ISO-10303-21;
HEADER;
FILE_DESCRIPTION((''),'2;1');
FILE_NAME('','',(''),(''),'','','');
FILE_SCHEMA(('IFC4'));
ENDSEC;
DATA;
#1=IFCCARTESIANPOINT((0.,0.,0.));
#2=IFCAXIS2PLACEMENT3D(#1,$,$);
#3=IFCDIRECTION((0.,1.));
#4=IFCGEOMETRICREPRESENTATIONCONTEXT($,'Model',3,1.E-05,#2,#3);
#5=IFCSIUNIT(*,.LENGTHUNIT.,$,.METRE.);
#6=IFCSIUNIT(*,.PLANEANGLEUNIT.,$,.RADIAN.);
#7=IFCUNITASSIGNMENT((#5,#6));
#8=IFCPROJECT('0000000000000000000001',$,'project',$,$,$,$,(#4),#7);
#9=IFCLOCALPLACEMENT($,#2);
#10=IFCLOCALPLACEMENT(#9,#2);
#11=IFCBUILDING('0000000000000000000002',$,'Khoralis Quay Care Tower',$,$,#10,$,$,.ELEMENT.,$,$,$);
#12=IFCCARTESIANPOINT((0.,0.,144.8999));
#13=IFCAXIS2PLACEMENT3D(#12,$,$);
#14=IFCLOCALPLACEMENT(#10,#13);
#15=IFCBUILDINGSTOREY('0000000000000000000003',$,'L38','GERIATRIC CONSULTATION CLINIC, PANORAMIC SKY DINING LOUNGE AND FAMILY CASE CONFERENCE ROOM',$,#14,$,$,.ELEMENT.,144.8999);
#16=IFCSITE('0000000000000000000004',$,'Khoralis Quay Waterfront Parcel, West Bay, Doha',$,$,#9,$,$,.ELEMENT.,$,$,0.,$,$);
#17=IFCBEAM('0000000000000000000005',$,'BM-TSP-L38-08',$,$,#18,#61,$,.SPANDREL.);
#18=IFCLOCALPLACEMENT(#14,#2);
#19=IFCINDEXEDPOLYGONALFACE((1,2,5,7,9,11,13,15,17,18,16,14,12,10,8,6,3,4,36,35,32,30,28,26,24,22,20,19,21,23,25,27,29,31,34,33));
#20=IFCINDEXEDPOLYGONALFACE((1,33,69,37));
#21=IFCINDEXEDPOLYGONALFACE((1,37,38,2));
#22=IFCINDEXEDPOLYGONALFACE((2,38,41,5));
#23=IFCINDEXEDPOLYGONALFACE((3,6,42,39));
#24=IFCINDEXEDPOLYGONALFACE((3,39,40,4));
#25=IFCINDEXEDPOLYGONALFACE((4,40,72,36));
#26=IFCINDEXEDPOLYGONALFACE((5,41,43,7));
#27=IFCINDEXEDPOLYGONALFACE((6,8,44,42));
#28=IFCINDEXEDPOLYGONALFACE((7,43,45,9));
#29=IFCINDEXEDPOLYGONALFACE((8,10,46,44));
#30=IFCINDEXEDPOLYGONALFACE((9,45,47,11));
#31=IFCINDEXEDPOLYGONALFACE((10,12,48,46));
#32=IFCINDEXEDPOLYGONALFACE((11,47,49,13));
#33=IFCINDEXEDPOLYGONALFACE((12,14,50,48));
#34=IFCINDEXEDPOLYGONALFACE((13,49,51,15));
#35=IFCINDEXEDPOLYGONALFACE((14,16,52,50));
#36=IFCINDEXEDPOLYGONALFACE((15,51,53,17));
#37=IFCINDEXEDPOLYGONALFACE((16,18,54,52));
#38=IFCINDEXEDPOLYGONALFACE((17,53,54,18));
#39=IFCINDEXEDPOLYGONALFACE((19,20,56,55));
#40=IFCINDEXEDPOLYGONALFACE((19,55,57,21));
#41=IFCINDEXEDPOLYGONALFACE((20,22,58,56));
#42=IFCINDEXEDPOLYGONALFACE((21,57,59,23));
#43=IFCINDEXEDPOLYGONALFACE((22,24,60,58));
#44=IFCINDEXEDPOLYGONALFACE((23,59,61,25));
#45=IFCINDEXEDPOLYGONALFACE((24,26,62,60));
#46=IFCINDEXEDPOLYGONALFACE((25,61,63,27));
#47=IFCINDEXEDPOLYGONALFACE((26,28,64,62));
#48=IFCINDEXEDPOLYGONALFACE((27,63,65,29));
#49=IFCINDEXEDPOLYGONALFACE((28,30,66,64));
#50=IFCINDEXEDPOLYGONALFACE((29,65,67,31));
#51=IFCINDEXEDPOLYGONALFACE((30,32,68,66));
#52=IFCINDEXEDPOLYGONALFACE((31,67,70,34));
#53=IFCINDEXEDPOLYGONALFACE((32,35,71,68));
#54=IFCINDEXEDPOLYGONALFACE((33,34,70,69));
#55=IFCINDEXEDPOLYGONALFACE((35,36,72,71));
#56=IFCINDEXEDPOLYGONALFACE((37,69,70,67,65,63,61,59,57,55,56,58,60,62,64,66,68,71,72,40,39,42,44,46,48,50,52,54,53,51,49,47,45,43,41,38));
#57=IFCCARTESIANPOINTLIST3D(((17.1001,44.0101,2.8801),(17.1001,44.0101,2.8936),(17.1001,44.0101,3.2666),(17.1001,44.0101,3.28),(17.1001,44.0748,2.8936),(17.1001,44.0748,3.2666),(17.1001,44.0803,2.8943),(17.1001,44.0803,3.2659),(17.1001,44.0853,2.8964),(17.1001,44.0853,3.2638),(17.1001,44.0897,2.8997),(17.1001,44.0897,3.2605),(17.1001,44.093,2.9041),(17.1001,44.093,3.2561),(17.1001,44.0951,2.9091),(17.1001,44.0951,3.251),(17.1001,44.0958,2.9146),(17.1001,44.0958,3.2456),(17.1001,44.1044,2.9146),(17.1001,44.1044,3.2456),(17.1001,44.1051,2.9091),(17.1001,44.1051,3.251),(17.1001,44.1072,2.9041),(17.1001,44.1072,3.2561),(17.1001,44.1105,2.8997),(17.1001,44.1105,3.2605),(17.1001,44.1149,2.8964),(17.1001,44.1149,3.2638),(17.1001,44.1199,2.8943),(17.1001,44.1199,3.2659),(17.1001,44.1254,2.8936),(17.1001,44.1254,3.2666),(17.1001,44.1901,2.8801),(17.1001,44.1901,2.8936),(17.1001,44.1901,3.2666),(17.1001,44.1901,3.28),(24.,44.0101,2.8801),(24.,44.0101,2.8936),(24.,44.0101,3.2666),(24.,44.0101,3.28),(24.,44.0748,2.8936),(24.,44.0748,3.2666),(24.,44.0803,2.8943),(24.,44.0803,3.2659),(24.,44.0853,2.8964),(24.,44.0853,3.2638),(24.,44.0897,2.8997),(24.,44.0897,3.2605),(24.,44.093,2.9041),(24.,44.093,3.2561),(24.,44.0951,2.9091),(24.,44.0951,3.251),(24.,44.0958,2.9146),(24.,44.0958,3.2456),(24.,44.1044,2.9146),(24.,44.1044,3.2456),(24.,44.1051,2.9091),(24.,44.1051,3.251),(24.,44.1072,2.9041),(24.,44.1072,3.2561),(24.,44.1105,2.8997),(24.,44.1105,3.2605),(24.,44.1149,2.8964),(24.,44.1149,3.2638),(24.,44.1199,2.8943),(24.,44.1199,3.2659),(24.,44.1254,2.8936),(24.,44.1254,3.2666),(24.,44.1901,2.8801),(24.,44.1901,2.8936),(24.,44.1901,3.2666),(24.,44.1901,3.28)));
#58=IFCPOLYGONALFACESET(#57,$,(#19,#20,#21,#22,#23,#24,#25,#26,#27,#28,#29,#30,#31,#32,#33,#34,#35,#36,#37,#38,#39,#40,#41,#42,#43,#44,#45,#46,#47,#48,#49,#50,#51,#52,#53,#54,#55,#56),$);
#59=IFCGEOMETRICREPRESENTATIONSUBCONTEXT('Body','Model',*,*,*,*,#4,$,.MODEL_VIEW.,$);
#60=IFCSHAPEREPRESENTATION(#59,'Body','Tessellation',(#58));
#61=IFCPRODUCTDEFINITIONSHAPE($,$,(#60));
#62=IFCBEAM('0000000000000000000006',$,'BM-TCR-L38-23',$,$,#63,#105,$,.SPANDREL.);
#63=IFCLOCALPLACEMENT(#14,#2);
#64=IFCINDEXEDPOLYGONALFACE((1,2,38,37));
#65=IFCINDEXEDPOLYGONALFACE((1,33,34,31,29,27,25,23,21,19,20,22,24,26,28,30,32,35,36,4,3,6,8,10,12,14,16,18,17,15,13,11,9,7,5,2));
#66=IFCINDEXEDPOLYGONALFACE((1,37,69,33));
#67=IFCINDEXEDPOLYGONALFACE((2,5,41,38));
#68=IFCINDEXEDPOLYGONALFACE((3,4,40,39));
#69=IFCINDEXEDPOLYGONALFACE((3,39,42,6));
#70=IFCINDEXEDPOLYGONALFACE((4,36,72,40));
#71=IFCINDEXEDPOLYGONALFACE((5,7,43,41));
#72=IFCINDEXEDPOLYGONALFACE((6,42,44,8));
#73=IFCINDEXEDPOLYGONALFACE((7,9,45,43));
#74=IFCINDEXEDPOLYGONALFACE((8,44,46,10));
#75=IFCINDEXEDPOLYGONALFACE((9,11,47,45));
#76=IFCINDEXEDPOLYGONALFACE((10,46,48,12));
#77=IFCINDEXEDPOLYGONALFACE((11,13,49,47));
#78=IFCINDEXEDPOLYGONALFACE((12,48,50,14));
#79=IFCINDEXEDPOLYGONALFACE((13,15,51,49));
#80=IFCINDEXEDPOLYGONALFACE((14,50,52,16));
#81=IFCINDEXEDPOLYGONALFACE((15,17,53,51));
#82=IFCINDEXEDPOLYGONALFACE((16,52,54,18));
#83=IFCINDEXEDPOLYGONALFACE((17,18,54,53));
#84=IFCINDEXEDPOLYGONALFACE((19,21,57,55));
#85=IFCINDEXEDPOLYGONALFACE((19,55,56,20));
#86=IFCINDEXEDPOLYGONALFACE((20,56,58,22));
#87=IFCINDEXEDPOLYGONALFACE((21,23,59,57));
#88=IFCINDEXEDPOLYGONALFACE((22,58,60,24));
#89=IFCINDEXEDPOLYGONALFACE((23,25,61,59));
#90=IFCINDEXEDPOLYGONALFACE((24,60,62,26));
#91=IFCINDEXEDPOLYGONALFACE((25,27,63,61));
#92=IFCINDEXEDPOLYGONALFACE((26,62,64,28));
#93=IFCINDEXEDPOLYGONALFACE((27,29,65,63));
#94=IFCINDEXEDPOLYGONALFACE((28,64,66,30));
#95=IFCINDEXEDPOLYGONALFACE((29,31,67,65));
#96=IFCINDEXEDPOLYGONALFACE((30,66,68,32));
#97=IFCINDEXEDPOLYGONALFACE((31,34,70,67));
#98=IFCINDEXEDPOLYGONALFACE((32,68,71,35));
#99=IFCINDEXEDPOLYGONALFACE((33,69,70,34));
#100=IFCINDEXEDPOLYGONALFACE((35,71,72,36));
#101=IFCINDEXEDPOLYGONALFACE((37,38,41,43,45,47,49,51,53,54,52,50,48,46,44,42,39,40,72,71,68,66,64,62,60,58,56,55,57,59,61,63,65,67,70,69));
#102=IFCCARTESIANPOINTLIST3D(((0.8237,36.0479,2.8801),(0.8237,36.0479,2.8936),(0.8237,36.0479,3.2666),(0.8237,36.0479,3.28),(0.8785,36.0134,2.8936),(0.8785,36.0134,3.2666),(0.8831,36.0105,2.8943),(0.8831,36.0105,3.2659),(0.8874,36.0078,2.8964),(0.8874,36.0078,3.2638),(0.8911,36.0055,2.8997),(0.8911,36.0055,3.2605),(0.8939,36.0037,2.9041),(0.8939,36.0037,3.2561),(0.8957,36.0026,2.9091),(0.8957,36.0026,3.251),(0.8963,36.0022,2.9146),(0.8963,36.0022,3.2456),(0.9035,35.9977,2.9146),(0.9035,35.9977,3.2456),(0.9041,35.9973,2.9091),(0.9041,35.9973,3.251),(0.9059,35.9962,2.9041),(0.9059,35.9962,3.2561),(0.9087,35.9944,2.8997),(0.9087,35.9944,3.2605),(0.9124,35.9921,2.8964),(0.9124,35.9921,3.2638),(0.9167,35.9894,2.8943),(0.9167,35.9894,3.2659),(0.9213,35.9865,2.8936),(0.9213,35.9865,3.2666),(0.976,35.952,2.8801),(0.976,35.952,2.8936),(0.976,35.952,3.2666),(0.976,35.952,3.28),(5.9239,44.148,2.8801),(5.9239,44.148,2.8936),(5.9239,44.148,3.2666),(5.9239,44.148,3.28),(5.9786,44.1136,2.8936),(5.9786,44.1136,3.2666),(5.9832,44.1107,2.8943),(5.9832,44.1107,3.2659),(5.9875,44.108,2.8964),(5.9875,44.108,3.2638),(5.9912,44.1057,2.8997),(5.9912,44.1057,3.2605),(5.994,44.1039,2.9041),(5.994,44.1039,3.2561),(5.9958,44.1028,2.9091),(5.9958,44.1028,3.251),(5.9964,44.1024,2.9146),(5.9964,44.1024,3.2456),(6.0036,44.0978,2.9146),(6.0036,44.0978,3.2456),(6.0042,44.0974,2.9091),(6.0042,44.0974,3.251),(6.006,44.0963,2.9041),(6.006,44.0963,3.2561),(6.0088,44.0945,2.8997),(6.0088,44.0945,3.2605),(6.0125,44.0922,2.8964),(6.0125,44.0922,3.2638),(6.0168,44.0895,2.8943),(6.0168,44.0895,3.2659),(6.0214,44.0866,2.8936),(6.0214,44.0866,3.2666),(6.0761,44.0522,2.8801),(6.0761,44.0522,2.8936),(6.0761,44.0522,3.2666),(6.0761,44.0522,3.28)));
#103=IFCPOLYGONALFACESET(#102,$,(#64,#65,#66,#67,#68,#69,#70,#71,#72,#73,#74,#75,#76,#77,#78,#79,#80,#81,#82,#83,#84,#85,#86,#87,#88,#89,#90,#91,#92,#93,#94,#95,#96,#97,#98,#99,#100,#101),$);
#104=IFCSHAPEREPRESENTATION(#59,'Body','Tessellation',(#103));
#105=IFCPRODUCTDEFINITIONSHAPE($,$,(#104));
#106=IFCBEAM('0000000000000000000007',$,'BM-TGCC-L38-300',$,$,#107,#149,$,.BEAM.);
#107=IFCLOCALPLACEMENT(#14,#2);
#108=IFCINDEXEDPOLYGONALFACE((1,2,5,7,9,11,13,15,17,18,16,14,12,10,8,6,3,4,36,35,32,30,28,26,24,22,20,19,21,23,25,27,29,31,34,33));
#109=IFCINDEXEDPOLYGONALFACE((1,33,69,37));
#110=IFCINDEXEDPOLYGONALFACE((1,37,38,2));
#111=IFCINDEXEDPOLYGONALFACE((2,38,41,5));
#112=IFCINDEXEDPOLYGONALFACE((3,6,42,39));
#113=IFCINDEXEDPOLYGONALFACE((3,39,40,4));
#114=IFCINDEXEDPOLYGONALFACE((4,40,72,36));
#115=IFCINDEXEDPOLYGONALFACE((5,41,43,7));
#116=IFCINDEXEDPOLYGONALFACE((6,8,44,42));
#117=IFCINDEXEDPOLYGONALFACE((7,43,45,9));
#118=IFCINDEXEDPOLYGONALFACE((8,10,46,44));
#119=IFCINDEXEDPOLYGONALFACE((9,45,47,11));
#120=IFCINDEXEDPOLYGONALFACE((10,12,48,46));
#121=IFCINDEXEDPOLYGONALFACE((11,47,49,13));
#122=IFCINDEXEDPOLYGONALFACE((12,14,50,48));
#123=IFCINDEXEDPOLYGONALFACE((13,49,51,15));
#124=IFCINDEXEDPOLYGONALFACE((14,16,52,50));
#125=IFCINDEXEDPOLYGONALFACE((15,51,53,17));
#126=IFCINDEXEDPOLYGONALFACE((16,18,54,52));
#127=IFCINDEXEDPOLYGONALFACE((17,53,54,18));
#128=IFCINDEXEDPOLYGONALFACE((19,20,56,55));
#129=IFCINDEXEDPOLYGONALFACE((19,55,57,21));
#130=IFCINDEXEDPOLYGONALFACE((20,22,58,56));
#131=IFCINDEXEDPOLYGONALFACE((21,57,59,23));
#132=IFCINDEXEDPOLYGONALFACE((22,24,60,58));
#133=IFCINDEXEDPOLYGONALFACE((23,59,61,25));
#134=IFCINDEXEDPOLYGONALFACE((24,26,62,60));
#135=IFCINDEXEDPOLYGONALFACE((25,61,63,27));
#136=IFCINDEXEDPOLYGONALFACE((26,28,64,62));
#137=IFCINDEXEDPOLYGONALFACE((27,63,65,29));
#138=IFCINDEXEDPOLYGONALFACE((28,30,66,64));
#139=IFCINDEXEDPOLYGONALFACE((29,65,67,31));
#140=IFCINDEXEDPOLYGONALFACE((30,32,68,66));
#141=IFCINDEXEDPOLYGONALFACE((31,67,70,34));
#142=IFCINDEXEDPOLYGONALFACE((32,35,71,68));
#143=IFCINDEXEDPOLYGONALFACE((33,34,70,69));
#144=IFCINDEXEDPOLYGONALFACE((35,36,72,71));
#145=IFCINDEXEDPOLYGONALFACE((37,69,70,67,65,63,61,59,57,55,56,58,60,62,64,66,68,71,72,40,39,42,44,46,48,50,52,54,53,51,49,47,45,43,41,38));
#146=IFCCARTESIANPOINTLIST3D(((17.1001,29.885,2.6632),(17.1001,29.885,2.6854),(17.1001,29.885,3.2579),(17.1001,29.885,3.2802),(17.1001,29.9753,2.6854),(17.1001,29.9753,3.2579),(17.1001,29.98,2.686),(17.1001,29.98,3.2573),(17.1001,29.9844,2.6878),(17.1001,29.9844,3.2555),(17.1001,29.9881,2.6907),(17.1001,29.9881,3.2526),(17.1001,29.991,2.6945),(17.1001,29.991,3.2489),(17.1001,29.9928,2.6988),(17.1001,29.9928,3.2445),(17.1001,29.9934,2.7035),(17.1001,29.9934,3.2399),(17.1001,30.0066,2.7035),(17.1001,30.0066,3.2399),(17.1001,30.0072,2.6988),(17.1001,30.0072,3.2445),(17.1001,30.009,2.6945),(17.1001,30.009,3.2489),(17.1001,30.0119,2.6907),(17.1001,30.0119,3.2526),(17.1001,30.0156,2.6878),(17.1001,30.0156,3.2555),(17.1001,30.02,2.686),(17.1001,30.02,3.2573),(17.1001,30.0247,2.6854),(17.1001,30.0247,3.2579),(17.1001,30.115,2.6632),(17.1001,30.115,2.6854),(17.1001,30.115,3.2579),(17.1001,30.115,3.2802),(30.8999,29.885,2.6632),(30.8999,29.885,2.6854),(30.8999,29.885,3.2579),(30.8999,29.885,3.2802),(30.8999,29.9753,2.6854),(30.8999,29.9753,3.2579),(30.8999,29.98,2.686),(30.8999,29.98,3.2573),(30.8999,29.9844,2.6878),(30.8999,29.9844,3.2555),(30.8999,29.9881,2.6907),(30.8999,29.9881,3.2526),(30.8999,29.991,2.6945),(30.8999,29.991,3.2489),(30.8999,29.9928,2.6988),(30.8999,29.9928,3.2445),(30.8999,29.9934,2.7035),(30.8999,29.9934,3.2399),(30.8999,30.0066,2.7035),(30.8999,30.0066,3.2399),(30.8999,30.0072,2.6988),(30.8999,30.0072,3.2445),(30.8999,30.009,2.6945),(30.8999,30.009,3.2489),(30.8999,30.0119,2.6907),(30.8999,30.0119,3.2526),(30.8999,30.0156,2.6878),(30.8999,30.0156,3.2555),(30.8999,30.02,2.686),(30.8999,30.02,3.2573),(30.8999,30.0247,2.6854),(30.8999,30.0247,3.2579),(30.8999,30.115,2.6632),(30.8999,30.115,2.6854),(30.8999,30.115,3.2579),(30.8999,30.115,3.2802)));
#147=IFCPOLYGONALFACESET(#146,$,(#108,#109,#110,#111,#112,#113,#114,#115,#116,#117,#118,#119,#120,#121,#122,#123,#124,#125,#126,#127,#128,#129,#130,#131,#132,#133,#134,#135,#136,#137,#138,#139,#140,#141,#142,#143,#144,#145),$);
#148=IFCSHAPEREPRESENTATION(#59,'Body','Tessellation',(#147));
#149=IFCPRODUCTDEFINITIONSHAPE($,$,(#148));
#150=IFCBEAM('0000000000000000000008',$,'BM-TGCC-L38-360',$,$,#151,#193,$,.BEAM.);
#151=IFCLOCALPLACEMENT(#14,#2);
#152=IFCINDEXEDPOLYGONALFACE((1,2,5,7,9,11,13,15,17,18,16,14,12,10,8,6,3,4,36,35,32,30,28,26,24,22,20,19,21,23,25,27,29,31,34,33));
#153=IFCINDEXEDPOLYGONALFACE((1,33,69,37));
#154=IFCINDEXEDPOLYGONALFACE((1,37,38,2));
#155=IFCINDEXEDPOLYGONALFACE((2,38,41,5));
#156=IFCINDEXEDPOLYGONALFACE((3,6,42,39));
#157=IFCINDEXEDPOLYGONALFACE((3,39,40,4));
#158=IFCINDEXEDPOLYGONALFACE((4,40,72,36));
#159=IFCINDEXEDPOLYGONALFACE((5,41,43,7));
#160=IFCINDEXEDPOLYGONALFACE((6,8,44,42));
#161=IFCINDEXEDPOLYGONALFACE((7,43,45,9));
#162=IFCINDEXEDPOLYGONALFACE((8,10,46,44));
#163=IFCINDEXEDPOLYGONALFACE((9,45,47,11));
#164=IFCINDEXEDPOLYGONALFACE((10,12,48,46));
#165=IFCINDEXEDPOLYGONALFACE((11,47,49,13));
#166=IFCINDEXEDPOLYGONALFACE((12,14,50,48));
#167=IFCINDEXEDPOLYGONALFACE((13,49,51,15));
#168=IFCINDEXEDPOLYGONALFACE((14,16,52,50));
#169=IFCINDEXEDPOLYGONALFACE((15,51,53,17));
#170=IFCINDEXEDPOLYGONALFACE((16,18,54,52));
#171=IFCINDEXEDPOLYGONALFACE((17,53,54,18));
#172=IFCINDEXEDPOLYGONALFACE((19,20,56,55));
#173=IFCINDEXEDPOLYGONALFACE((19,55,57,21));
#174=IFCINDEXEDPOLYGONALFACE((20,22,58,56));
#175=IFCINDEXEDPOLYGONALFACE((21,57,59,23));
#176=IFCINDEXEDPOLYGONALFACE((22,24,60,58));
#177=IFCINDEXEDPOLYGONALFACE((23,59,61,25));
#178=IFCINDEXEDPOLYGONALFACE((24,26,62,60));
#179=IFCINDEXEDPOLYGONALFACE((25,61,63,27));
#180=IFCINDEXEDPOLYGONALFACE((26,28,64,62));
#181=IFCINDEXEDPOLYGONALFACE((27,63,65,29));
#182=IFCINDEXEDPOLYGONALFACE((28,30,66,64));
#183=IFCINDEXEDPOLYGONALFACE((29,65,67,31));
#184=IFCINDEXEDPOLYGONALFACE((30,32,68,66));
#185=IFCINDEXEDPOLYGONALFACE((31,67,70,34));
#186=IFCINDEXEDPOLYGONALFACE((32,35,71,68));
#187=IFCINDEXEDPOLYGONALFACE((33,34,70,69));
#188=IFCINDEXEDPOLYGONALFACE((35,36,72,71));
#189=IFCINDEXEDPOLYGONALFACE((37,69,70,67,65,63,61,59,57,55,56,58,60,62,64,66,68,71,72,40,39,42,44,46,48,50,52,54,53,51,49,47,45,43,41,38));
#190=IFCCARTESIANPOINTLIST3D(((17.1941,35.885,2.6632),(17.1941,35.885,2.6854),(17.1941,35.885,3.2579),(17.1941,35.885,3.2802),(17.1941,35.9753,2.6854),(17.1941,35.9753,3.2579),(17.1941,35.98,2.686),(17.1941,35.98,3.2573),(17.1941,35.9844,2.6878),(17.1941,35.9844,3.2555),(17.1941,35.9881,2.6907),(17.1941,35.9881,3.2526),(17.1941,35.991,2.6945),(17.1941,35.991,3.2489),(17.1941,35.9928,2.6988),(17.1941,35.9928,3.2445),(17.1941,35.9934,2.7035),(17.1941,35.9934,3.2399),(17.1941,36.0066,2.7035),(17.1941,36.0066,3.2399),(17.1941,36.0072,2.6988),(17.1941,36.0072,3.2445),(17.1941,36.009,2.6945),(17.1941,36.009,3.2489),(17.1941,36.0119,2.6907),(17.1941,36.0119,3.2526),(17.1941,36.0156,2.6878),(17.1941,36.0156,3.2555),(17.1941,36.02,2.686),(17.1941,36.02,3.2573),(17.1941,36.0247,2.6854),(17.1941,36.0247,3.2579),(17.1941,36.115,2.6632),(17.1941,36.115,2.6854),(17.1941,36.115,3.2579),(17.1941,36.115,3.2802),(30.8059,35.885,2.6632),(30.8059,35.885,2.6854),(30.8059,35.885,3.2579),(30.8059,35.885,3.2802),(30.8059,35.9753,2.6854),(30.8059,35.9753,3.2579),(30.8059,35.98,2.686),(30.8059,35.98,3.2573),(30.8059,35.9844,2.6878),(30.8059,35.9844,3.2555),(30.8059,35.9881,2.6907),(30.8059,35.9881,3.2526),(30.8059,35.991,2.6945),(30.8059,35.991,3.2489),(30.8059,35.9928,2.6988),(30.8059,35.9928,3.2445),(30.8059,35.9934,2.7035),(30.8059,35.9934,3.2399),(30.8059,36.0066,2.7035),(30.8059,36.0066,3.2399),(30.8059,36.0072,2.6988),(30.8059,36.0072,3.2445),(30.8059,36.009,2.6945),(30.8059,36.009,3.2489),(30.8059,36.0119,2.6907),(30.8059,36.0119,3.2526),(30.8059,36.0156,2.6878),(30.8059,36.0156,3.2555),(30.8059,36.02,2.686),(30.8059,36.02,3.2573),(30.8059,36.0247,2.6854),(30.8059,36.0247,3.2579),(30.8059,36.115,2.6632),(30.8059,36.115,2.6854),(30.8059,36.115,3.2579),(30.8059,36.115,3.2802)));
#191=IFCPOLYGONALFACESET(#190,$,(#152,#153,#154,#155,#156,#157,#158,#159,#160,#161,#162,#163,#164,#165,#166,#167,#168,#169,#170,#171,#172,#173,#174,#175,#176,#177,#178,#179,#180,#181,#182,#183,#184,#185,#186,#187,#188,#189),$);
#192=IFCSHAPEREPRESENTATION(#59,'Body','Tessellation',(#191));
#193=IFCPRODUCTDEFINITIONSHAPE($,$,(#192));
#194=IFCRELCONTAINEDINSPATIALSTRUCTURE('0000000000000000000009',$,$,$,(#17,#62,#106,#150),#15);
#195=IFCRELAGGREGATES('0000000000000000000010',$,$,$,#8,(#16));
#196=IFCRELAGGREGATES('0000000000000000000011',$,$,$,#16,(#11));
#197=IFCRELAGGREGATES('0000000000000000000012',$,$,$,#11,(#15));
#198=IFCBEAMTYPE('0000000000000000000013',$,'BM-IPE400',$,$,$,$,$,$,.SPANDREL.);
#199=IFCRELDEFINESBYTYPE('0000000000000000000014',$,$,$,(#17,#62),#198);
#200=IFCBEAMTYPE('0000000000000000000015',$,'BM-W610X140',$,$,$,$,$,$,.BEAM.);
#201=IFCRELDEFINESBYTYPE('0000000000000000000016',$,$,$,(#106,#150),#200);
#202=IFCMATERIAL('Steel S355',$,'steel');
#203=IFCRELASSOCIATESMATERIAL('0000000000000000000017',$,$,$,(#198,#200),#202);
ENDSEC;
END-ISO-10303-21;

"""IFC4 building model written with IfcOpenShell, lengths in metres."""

from ifc_helpers import new_model, si_unit, direction, frame, origin, origin_2d, place, context, subcontext, project, spatial, i_section, extrude, source, transform, mapped, material, material_profile, profile_set, type_object, element, save


model = new_model("IFC4")

# Units and contexts
model_context = context("Model", 3, precision=1e-05, world=origin(), true_north=direction((0.0, 1.0)))
body_context = subcontext(model_context, "Body", "Model", "MODEL_VIEW")
ifc_project = project(units=[si_unit("LENGTHUNIT", "METRE"), si_unit("PLANEANGLEUNIT", "RADIAN")], contexts=[model_context])

# Site, building, storey
site_placement = place(None, origin())
site = spatial("IfcSite", under=ifc_project, at=site_placement, Name="Khoralis Quay Waterfront Parcel, West Bay, Doha", CompositionType="ELEMENT", RefElevation=0.0)
building_placement = place(site_placement, origin())
building = spatial("IfcBuilding", under=site, at=building_placement, Name="Khoralis Quay Care Tower", CompositionType="ELEMENT")
storey_placement = place(building_placement, frame((0.0, 0.0, 144.8999)))
storey = spatial("IfcBuildingStorey", under=building, at=storey_placement, Name="L38", Description="GERIATRIC CONSULTATION CLINIC, PANORAMIC SKY DINING LOUNGE AND FAMILY CASE CONFERENCE ROOM", CompositionType="ELEMENT", Elevation=144.8999)

# Beams
ifc_material_1 = material(Name="Steel S355", Category="steel")
ifc_material_profile_1 = material_profile(ifc_material_1, i_section(OverallWidth=0.1799, OverallDepth=0.3999, WebThickness=0.0085, FlangeThickness=0.0134, FilletRadius=0.021, at=origin_2d()), Name="Steel S355")
ifc_profile_set_1 = profile_set([ifc_material_profile_1], Name="Steel S355")
beam_type_1 = type_object("IfcBeamType", Name="BM-IPE400", PredefinedType="SPANDREL", material=ifc_profile_set_1)
shared_shape_1 = source(origin(), body_context, "Body", "SweptSolid", [
    extrude(i_section(OverallWidth=0.1799, OverallDepth=0.3999, WebThickness=0.0085, FlangeThickness=0.0134, FilletRadius=0.021, at=origin_2d()), origin(), (0.0, 0.0, 1.0), 6.8999),
])
beam_1_placement = place(storey_placement, frame((17.1001, 44.1001, 3.0801), z_axis=(1.0, 0.0, 0.0), x_axis=(0.0, 1.0, 0.0)))
element("IfcBeam", 1, at=beam_1_placement, inside=storey, type_object=beam_type_1, Name="BM-TSP-L38-08", PredefinedType="SPANDREL", context=body_context, shape_type="MappedRepresentation", body=[
    mapped(shared_shape_1, transform((0.0, 0.0, 0.0), scale=1.0)),
])
shared_shape_2 = source(origin(), body_context, "Body", "SweptSolid", [
    extrude(i_section(OverallWidth=0.1799, OverallDepth=0.3999, WebThickness=0.0085, FlangeThickness=0.0134, FilletRadius=0.021, at=origin_2d()), origin(), (0.0, 0.0, 1.0), 9.572),
])
beam_2_placement = place(storey_placement, frame((6.0, 44.1001, 3.0801), z_axis=(-0.532816, -0.846231, 0.0), x_axis=(0.846231, -0.532816, 0.0)))
element("IfcBeam", 2, at=beam_2_placement, inside=storey, type_object=beam_type_1, Name="BM-TCR-L38-23", PredefinedType="SPANDREL", context=body_context, shape_type="MappedRepresentation", body=[
    mapped(shared_shape_2, transform((0.0, 0.0, 0.0), scale=1.0)),
])
ifc_material_profile_2 = material_profile(ifc_material_1, i_section(OverallWidth=0.23, OverallDepth=0.6169, WebThickness=0.0132, FlangeThickness=0.0222, FilletRadius=0.0181, at=origin_2d()), Name="Steel S355")
ifc_profile_set_2 = profile_set([ifc_material_profile_2], Name="Steel S355")
beam_type_2 = type_object("IfcBeamType", Name="BM-W610X140", PredefinedType="BEAM", material=ifc_profile_set_2)
shared_shape_3 = source(origin(), body_context, "Body", "SweptSolid", [
    extrude(i_section(OverallWidth=0.23, OverallDepth=0.6169, WebThickness=0.0132, FlangeThickness=0.0222, FilletRadius=0.0181, at=origin_2d()), origin(), (0.0, 0.0, 1.0), 13.7998),
])
beam_3_placement = place(storey_placement, frame((17.1001, 30.0, 2.9717), z_axis=(1.0, 0.0, 0.0), x_axis=(0.0, 1.0, 0.0)))
element("IfcBeam", 3, at=beam_3_placement, inside=storey, type_object=beam_type_2, Name="BM-TGCC-L38-300", PredefinedType="BEAM", context=body_context, shape_type="MappedRepresentation", body=[
    mapped(shared_shape_3, transform((0.0, 0.0, 0.0), scale=1.0)),
])
shared_shape_4 = source(origin(), body_context, "Body", "SweptSolid", [
    extrude(i_section(OverallWidth=0.23, OverallDepth=0.6169, WebThickness=0.0132, FlangeThickness=0.0222, FilletRadius=0.0181, at=origin_2d()), origin(), (0.0, 0.0, 1.0), 13.6118),
])
beam_4_placement = place(storey_placement, frame((17.1941, 36.0, 2.9717), z_axis=(1.0, 0.0, 0.0), x_axis=(0.0, 1.0, 0.0)))
element("IfcBeam", 4, at=beam_4_placement, inside=storey, type_object=beam_type_2, Name="BM-TGCC-L38-360", PredefinedType="BEAM", context=body_context, shape_type="MappedRepresentation", body=[
    mapped(shared_shape_4, transform((0.0, 0.0, 0.0), scale=1.0)),
])

save(model, "model.ifc")
